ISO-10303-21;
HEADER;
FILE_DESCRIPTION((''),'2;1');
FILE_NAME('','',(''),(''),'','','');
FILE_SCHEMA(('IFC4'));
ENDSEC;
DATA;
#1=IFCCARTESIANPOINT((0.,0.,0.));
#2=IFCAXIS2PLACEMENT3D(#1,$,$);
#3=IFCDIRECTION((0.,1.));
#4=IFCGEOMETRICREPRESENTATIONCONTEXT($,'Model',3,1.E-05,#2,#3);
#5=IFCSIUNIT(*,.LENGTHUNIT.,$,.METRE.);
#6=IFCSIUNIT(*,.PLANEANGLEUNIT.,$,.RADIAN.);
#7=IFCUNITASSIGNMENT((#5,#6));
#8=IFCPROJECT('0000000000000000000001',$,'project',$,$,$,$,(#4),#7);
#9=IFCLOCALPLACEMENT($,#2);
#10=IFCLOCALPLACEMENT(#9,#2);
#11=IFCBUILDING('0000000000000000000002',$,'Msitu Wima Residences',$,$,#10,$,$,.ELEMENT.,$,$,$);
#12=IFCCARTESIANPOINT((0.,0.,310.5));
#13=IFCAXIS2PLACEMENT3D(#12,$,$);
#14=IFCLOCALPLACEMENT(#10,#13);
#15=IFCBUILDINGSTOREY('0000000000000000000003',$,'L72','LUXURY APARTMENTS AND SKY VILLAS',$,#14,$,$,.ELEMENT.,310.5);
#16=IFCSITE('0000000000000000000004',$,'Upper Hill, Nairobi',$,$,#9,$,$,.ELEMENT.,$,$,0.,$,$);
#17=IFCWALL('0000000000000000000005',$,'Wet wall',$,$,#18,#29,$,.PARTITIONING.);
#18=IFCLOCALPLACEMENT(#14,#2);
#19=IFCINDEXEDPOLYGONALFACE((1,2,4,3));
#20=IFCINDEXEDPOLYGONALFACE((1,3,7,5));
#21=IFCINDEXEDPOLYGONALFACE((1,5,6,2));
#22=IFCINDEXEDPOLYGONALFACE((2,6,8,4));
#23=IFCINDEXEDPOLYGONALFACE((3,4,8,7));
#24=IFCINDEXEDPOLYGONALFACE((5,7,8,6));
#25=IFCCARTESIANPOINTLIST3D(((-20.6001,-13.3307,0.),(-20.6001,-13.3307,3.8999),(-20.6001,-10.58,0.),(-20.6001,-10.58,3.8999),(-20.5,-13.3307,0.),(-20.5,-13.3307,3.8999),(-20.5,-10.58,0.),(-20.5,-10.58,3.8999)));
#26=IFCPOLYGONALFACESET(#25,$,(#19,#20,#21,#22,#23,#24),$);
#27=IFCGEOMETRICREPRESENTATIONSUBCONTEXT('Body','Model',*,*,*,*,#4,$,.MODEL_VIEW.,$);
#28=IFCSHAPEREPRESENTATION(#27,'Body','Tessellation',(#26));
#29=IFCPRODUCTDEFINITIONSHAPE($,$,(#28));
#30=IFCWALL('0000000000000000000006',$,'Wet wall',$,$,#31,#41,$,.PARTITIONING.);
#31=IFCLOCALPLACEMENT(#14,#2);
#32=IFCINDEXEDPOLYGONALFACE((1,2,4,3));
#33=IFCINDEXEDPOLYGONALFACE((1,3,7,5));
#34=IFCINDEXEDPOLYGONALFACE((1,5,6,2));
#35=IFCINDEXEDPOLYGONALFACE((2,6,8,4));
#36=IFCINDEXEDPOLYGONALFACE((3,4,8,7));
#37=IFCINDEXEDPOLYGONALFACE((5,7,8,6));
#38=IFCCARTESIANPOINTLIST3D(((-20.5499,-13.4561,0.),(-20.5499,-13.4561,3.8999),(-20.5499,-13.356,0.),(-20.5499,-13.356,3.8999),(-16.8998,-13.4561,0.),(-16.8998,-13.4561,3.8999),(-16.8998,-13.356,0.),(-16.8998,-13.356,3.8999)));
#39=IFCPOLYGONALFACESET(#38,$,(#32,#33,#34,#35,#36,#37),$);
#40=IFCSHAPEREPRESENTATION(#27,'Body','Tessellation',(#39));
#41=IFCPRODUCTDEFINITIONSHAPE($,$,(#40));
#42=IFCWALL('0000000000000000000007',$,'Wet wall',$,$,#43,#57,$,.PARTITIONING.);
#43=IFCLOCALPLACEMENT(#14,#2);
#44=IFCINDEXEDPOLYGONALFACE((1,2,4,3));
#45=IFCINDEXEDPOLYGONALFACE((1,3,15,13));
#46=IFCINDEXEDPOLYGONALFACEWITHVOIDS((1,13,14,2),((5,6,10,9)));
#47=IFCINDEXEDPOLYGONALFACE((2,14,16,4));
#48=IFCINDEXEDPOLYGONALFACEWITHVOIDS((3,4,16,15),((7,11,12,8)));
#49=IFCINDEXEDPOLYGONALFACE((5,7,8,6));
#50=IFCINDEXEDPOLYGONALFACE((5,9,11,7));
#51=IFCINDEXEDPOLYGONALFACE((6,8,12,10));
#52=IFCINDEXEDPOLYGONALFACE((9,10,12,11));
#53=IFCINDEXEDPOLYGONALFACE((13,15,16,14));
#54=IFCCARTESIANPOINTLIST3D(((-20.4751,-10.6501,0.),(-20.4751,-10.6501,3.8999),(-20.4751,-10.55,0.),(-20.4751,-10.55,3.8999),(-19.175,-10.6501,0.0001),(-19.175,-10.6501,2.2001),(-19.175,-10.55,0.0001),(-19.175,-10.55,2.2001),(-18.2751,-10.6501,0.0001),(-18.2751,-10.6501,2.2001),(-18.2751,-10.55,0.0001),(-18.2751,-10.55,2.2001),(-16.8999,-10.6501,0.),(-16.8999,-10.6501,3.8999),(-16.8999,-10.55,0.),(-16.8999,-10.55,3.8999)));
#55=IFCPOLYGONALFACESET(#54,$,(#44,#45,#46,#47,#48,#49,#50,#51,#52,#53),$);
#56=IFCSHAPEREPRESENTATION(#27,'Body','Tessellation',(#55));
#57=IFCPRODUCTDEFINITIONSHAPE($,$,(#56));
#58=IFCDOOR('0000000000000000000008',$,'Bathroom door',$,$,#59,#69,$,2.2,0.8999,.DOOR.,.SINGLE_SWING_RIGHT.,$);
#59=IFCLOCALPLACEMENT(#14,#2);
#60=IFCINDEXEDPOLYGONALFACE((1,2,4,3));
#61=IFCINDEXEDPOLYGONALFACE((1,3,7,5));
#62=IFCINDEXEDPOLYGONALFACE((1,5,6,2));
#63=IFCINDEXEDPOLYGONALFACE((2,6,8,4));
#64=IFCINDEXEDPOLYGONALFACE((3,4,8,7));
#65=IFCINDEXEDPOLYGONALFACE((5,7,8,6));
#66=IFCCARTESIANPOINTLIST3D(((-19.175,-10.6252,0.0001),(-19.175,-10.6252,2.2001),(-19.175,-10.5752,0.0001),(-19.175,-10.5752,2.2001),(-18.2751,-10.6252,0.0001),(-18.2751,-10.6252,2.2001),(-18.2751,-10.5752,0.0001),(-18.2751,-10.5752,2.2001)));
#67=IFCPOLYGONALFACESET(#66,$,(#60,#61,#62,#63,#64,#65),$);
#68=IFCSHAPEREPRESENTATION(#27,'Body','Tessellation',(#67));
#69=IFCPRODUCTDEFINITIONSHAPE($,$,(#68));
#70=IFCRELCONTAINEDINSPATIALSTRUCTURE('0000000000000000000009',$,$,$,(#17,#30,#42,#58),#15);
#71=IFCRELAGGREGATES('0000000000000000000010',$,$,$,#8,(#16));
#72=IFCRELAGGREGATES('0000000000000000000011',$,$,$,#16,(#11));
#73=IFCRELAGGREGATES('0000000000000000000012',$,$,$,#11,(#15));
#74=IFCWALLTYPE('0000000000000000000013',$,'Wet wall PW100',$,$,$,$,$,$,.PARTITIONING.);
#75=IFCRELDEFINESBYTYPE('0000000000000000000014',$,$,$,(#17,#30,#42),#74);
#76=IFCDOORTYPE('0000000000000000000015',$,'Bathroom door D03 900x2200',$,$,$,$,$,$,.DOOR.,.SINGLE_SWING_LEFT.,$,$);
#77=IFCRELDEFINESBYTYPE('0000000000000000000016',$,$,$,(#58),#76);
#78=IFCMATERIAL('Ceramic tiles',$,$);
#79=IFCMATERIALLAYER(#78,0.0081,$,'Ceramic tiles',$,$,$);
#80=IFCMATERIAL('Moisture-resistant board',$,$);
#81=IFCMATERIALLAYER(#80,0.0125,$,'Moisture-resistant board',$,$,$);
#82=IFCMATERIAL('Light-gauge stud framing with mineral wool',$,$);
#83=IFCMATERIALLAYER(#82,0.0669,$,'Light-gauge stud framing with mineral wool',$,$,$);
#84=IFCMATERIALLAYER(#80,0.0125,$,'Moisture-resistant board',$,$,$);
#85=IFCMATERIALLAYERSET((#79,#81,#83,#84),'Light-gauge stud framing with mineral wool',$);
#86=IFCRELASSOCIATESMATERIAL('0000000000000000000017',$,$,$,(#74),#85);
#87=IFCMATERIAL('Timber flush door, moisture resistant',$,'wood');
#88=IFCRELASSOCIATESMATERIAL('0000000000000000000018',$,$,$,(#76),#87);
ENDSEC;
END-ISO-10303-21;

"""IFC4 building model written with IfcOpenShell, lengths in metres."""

from ifc_helpers import new_model, si_unit, direction, frame, frame_2d, origin, place, context, subcontext, project, spatial, rectangle, extrude, material, layer, layer_set, type_object, element, fill, save


model = new_model("IFC4")

# Units and contexts
model_context = context("Model", 3, precision=1e-05, world=origin(), true_north=direction((0.0, 1.0)))
body_context = subcontext(model_context, "Body", "Model", "MODEL_VIEW")
ifc_project = project(units=[si_unit("LENGTHUNIT", "METRE"), si_unit("PLANEANGLEUNIT", "RADIAN")], contexts=[model_context])

# Site, building, storey
site_placement = place(None, origin())
site = spatial("IfcSite", under=ifc_project, at=site_placement, Name="Upper Hill, Nairobi", CompositionType="ELEMENT", RefElevation=0.0)
building_placement = place(site_placement, origin())
building = spatial("IfcBuilding", under=site, at=building_placement, Name="Msitu Wima Residences", CompositionType="ELEMENT")
storey_placement = place(building_placement, frame((0.0, 0.0, 310.5)))
storey = spatial("IfcBuildingStorey", under=building, at=storey_placement, Name="L72", Description="LUXURY APARTMENTS AND SKY VILLAS", CompositionType="ELEMENT", Elevation=310.5)

# Walls
ifc_material_1 = material(Name="Ceramic tiles")
ifc_layer_1 = layer(ifc_material_1, 0.0081, Name="Ceramic tiles")
ifc_material_2 = material(Name="Moisture-resistant board")
ifc_layer_2 = layer(ifc_material_2, 0.0125, Name="Moisture-resistant board")
ifc_material_3 = material(Name="Light-gauge stud framing with mineral wool")
ifc_layer_3 = layer(ifc_material_3, 0.0669, Name="Light-gauge stud framing with mineral wool")
ifc_layer_4 = layer(ifc_material_2, 0.0125, Name="Moisture-resistant board")
ifc_layer_set_1 = layer_set([ifc_layer_1, ifc_layer_2, ifc_layer_3, ifc_layer_4], Name="Light-gauge stud framing with mineral wool")
wall_type_1 = type_object("IfcWallType", Name="Wet wall PW100", PredefinedType="PARTITIONING", material=ifc_layer_set_1)
wall_1_placement = place(storey_placement, frame((-20.55, -13.3308, 0.0), z_axis=(0.0, 0.0, 1.0), x_axis=(0.0, 1.0, 0.0)))
element("IfcWall", 1, at=wall_1_placement, inside=storey, type_object=wall_type_1, Name="Wet wall", PredefinedType="PARTITIONING", context=body_context, shape_type="SweptSolid", body=[
    extrude(rectangle(XDim=2.7507, YDim=0.1001, at=frame_2d((1.3755, 0.0))), origin(), (0.0, 0.0, 1.0), 3.8999),
])
wall_2_placement = place(storey_placement, frame((-20.55, -13.406, 0.0), z_axis=(0.0, 0.0, 1.0), x_axis=(1.0, 0.0, 0.0)))
element("IfcWall", 2, at=wall_2_placement, inside=storey, type_object=wall_type_1, Name="Wet wall", PredefinedType="PARTITIONING", context=body_context, shape_type="SweptSolid", body=[
    extrude(rectangle(XDim=3.6501, YDim=0.1001, at=frame_2d((1.8252, 0.0))), origin(), (0.0, 0.0, 1.0), 3.8999),
])

# Wall, opening, door
wall_3_placement = place(storey_placement, frame((-20.4751, -10.6001, 0.0), z_axis=(0.0, 0.0, 1.0), x_axis=(1.0, 0.0, 0.0)))
wall_3 = element("IfcWall", 3, at=wall_3_placement, inside=storey, type_object=wall_type_1, Name="Wet wall", PredefinedType="PARTITIONING", context=body_context, shape_type="SweptSolid", body=[
    extrude(rectangle(XDim=3.5752, YDim=0.1001, at=frame_2d((1.7876, 0.0))), origin(), (0.0, 0.0, 1.0), 3.8999),
])
opening_1_placement = place(wall_3_placement, frame((1.3, 0.0, 0.0)))
opening_1 = element("IfcOpeningElement", 4, at=opening_1_placement, cuts=wall_3, PredefinedType="OPENING", context=body_context, shape_type="SweptSolid", body=[
    extrude(rectangle(XDim=0.8999, YDim=2.2, at=frame_2d((0.45, 1.1001))), frame((0.0, 0.0601, 0.0), z_axis=(0.0, -1.0, 0.0), x_axis=(1.0, 0.0, 0.0)), (0.0, 0.0, 1.0), 0.1201),
])
ifc_material_4 = material(Name="Timber flush door, moisture resistant", Category="wood")
door_type_1 = type_object("IfcDoorType", Name="Bathroom door D03 900x2200", OperationType="SINGLE_SWING_LEFT", PredefinedType="DOOR", material=ifc_material_4)
door_1_placement = place(opening_1_placement, origin())
door_1 = element("IfcDoor", 5, at=door_1_placement, inside=storey, type_object=door_type_1, Name="Bathroom door", OperationType="SINGLE_SWING_RIGHT", OverallHeight=2.2, OverallWidth=0.8999, PredefinedType="DOOR", context=body_context, shape_type="SweptSolid", body=[
    extrude(rectangle(XDim=0.8999, YDim=2.2, at=frame_2d((0.45, 1.1001))), frame((0.0, 0.0249, 0.0), z_axis=(0.0, -1.0, 0.0), x_axis=(1.0, 0.0, 0.0)), (0.0, 0.0, 1.0), 0.05),
])
fill(opening_1, door_1)

save(model, "model.ifc")
